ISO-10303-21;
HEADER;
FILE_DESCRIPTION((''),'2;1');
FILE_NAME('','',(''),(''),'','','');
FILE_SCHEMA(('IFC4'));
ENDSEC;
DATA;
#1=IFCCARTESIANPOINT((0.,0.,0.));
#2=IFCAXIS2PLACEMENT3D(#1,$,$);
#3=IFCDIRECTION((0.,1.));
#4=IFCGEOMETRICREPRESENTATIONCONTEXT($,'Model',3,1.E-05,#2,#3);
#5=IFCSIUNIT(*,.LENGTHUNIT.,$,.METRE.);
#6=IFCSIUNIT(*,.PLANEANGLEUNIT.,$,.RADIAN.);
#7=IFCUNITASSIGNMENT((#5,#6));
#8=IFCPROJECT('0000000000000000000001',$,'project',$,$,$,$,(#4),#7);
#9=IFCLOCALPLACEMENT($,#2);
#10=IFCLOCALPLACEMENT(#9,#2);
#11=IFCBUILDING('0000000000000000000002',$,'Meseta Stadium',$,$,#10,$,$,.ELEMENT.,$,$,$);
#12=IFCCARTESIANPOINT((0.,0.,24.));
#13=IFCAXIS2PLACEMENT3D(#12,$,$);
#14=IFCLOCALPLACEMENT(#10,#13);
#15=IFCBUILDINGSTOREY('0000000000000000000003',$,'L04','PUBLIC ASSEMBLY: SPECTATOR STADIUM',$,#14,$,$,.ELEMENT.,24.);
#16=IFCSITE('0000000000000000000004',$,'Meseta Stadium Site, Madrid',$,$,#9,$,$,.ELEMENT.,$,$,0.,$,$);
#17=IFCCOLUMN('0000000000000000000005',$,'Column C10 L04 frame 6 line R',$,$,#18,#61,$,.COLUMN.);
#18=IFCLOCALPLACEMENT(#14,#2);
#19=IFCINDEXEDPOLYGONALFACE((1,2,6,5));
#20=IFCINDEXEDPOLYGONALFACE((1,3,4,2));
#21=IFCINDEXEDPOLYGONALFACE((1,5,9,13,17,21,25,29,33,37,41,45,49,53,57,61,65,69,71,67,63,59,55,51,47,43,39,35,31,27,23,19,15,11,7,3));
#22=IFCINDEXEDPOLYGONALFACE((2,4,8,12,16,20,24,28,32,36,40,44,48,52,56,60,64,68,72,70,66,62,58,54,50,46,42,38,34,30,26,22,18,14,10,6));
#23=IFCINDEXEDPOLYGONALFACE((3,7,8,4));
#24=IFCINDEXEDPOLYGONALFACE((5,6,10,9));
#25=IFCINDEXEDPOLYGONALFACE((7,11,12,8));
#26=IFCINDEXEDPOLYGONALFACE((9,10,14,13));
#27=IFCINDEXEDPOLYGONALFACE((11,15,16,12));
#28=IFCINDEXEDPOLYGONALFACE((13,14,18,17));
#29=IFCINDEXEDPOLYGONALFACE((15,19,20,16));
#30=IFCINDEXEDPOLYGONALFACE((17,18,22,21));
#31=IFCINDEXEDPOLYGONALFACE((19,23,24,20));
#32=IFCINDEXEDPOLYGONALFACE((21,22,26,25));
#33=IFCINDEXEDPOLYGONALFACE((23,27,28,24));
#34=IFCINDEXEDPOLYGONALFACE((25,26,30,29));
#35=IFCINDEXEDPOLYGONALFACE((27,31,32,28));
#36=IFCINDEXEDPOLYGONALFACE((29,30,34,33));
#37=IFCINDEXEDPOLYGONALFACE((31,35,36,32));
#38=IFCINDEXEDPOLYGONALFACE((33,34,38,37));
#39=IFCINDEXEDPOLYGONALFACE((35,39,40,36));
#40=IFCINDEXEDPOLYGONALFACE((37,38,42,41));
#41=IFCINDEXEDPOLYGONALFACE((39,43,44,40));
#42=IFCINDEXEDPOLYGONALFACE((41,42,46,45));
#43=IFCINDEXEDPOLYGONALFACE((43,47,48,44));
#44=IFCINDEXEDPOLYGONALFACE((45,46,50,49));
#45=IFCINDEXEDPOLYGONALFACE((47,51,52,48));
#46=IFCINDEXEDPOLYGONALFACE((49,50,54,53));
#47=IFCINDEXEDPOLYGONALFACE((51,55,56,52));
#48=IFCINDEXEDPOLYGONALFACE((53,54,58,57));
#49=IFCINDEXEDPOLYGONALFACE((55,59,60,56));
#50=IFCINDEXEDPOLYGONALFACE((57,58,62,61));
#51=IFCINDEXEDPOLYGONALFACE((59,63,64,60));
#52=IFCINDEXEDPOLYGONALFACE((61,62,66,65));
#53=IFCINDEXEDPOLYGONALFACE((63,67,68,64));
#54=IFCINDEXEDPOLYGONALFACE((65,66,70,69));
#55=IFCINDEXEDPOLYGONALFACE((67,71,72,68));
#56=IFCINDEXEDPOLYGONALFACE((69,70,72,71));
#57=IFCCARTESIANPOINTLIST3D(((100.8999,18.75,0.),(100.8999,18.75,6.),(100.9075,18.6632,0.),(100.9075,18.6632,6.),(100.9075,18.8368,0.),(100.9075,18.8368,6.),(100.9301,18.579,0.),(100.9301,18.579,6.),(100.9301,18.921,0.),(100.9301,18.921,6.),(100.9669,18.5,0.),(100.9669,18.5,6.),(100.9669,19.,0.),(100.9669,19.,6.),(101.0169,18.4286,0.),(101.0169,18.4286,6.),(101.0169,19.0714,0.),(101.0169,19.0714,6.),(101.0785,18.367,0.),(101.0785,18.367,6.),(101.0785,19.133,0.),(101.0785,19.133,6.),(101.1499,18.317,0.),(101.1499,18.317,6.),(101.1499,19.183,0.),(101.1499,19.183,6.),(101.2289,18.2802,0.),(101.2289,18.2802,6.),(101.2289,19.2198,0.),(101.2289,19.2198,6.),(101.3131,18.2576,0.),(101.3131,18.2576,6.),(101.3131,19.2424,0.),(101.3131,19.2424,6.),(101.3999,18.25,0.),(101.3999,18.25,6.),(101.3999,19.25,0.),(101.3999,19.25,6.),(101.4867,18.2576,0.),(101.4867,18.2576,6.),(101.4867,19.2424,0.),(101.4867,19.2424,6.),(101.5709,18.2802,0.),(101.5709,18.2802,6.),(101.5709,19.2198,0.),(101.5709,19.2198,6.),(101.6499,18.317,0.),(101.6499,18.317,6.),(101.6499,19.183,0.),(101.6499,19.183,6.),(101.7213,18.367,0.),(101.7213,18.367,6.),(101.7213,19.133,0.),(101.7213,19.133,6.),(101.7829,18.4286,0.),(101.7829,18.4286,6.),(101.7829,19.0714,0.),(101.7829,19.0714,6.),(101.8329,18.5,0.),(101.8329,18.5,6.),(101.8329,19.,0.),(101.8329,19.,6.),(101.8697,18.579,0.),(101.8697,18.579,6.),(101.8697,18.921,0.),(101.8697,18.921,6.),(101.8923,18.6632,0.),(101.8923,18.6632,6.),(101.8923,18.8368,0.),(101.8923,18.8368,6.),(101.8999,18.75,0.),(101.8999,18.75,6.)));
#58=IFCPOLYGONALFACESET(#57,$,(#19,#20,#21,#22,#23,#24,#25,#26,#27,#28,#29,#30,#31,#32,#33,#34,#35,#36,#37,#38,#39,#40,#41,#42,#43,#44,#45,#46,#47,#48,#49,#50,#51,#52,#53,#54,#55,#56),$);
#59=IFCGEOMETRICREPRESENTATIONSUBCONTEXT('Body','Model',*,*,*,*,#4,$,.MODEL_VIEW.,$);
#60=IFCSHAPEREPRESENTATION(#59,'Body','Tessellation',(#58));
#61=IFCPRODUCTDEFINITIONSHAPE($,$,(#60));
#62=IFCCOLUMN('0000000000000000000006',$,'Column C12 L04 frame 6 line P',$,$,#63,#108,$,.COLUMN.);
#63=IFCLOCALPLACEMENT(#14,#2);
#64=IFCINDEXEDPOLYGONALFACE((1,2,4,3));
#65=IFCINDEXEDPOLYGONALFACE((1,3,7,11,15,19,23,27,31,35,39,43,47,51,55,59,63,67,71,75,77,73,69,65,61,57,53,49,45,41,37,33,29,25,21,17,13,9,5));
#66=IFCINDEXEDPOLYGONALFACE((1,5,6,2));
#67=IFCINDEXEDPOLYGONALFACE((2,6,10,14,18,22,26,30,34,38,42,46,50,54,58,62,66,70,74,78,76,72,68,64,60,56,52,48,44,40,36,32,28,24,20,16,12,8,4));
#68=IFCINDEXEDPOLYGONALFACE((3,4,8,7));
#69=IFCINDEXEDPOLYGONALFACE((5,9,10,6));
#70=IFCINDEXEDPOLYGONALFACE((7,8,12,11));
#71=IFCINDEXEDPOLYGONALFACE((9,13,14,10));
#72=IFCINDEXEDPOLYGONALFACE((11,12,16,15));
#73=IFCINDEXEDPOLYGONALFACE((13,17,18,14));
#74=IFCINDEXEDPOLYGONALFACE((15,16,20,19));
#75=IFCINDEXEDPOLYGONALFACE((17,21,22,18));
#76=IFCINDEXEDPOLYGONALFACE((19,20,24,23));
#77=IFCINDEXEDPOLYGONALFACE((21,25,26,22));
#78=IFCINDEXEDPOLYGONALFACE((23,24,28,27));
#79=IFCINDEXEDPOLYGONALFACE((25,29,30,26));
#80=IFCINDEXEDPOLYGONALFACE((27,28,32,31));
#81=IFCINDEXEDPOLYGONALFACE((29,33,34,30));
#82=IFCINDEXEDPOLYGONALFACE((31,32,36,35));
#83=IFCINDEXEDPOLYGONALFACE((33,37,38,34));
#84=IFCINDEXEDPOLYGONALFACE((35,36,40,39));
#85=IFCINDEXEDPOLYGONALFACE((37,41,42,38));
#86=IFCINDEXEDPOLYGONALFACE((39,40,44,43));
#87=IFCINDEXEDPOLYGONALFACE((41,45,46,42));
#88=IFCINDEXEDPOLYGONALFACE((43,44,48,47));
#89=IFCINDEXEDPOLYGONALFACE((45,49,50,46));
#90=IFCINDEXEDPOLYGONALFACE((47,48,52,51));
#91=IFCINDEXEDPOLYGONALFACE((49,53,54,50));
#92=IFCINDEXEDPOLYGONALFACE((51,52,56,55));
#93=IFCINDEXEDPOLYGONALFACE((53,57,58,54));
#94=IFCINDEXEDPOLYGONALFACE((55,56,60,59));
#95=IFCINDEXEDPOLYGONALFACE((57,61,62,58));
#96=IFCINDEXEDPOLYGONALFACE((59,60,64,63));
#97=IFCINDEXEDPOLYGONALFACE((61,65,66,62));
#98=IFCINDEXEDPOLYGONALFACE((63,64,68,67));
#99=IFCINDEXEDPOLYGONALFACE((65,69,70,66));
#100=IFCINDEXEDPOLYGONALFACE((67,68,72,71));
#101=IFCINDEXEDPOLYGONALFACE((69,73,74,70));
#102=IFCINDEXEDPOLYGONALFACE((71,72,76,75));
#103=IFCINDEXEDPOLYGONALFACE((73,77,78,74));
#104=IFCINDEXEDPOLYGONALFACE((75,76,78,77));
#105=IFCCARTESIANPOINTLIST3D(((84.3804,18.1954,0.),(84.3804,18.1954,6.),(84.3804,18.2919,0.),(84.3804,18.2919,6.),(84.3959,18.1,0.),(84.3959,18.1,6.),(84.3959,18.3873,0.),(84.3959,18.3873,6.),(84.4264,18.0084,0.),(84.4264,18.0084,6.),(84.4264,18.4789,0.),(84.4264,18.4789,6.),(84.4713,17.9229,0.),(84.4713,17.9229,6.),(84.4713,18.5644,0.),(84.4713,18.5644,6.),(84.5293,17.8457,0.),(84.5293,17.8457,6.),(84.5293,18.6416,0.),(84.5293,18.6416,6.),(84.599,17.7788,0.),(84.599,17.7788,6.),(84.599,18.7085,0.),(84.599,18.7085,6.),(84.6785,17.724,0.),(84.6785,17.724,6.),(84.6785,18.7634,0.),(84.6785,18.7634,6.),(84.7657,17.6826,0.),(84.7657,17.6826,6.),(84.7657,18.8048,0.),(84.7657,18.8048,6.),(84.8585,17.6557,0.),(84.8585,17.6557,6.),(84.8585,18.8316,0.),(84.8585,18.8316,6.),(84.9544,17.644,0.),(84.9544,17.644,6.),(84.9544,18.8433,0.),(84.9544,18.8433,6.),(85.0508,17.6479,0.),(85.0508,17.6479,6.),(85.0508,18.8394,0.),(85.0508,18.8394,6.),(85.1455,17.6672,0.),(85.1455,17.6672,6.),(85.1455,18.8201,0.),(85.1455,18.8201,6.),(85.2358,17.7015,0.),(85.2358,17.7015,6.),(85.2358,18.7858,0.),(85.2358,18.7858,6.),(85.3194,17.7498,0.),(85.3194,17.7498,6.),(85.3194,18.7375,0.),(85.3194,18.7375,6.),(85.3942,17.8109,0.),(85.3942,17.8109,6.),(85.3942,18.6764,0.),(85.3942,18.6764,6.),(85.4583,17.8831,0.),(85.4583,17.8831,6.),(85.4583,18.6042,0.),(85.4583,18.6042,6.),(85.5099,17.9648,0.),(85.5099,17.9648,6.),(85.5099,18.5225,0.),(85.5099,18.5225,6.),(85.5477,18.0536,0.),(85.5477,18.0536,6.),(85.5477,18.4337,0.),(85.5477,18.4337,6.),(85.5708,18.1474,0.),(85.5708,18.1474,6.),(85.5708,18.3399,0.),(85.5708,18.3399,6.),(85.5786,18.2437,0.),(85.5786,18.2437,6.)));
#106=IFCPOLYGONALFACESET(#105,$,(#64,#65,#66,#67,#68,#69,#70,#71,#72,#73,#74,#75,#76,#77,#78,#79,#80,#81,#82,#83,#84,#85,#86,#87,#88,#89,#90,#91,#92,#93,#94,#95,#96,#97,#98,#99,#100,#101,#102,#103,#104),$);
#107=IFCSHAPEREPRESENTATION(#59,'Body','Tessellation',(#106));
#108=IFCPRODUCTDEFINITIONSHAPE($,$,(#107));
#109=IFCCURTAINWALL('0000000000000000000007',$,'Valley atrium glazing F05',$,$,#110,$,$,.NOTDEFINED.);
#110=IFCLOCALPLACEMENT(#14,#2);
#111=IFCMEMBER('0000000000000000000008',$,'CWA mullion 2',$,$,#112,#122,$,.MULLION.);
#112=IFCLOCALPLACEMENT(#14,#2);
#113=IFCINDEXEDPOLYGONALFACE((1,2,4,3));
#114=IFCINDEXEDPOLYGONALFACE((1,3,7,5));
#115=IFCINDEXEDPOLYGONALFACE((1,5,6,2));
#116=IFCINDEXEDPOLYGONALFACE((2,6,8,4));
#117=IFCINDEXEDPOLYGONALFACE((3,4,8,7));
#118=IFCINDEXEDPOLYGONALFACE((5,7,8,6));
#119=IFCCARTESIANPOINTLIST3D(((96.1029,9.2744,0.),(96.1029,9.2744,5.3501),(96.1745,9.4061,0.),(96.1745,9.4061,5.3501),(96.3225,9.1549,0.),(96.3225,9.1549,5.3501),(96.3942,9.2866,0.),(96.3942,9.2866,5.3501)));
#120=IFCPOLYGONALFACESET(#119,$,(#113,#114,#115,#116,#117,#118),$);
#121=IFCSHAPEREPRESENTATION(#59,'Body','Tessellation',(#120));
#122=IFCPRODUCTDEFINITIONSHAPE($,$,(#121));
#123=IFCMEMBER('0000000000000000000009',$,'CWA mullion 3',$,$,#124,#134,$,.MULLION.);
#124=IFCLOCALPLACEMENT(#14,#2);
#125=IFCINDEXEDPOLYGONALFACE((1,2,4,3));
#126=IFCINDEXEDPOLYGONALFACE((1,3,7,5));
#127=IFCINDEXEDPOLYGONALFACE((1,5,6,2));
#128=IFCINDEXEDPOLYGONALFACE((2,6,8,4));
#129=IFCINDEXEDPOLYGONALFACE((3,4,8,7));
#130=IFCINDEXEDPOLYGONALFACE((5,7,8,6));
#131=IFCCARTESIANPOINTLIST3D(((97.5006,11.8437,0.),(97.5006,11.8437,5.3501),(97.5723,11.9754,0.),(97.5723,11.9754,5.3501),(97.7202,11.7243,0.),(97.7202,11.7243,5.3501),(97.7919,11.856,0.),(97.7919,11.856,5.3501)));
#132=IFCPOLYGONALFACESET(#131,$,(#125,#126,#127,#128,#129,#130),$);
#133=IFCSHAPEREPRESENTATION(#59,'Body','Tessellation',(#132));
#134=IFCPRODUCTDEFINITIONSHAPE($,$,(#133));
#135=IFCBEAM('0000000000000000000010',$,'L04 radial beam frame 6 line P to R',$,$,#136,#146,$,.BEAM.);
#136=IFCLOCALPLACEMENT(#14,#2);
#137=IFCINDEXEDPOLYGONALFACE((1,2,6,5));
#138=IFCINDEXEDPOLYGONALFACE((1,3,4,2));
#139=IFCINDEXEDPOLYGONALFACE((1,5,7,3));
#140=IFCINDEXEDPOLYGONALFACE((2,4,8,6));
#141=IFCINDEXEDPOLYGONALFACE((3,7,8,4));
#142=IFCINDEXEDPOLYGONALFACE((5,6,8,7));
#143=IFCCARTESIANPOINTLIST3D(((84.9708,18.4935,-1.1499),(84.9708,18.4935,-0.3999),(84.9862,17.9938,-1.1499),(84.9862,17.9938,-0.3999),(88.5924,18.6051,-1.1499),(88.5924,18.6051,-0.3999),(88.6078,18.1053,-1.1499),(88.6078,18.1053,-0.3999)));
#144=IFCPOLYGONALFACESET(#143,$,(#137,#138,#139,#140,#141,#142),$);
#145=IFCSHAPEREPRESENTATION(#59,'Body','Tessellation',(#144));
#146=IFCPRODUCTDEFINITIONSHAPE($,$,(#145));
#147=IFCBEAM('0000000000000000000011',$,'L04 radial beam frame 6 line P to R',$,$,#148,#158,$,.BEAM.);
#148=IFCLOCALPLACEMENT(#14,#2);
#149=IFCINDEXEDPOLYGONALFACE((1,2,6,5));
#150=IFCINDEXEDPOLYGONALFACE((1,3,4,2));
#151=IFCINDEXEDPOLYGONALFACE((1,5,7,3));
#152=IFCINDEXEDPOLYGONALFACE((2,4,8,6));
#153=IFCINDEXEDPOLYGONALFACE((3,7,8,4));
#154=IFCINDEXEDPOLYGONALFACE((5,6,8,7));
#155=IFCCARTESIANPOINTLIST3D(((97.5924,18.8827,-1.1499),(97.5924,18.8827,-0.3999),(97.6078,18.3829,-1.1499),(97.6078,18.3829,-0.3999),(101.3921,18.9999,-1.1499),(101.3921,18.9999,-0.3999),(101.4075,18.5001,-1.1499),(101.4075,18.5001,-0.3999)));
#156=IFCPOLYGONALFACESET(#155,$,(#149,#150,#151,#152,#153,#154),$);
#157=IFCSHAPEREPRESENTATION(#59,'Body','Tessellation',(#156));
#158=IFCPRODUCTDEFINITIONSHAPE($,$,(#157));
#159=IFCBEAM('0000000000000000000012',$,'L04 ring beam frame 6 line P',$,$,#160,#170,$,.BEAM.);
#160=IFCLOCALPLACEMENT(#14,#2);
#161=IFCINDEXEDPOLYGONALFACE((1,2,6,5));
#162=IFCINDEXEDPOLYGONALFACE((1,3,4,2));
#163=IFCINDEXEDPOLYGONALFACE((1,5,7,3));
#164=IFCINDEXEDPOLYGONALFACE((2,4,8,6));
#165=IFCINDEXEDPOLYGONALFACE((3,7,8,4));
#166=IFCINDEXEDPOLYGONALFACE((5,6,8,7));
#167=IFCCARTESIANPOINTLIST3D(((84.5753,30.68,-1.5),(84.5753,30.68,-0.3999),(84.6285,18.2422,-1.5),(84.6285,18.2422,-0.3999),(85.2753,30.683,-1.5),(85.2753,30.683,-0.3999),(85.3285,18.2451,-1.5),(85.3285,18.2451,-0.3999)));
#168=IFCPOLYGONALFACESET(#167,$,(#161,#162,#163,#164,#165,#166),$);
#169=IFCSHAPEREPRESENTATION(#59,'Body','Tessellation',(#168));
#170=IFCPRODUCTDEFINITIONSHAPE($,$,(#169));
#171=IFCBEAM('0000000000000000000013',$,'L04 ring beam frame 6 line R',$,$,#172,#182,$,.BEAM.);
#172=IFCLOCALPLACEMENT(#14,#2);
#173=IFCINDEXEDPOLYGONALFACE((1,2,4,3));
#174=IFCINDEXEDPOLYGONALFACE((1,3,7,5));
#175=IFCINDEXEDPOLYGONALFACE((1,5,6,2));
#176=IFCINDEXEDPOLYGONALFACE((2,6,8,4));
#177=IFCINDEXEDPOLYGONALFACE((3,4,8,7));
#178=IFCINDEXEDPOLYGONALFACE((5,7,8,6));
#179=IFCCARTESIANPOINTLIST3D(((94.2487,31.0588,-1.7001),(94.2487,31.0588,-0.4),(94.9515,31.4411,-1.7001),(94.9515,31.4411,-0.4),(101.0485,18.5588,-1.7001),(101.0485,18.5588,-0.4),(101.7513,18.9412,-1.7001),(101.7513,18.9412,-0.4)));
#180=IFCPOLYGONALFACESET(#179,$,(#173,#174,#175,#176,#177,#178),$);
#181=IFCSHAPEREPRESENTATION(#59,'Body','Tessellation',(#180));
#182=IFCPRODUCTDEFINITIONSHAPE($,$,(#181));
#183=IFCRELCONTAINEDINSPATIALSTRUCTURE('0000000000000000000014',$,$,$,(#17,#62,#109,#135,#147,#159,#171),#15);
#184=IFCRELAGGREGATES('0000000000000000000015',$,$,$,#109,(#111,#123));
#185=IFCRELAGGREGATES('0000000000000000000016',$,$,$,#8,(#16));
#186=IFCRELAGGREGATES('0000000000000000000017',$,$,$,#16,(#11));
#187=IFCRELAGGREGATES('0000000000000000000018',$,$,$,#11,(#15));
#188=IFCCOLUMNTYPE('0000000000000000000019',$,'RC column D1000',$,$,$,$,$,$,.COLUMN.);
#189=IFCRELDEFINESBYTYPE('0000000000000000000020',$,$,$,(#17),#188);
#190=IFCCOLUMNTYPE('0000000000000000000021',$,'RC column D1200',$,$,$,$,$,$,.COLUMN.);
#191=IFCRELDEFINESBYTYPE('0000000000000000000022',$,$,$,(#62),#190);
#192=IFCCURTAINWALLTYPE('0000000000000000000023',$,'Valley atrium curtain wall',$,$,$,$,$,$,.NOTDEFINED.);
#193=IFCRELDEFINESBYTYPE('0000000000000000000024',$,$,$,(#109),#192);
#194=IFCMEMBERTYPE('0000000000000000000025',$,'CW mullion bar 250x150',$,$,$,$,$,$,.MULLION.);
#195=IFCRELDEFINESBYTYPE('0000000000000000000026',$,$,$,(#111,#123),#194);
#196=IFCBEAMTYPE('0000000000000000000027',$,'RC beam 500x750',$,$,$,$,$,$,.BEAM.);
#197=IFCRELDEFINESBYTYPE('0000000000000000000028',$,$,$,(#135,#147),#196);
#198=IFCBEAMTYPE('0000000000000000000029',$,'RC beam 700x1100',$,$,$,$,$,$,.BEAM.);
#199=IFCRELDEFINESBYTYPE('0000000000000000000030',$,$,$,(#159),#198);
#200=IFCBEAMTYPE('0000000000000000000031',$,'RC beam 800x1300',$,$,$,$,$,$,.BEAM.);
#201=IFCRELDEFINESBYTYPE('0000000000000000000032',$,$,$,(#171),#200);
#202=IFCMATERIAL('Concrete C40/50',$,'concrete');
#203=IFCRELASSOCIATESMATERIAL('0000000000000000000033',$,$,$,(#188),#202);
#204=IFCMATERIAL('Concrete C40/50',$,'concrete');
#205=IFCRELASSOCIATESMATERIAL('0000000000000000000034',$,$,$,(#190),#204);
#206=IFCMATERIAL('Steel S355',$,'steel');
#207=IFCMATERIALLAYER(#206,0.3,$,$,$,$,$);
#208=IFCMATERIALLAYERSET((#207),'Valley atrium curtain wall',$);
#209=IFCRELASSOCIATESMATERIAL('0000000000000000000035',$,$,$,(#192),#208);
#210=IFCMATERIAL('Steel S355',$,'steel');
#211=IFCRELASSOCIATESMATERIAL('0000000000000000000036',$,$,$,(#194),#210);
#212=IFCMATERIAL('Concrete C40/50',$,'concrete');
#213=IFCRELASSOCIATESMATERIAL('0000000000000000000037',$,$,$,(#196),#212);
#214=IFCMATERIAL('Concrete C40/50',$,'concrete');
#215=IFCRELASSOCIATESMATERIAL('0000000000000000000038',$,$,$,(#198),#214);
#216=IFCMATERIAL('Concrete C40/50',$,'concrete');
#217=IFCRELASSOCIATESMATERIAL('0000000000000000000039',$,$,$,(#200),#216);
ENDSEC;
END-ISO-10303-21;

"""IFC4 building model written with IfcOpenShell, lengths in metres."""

from ifc_helpers import new_model, si_unit, direction, frame, origin, origin_2d, place, context, subcontext, project, spatial, rectangle, circle, extrude, material, layer, layer_set, material_profile, profile_set, type_object, element, aggregate, save


model = new_model("IFC4")

# Units and contexts
model_context = context("Model", 3, precision=1e-05, world=origin(), true_north=direction((0.0, 1.0)))
body_context = subcontext(model_context, "Body", "Model", "MODEL_VIEW")
ifc_project = project(units=[si_unit("LENGTHUNIT", "METRE"), si_unit("PLANEANGLEUNIT", "RADIAN")], contexts=[model_context])

# Site, building, storey
site_placement = place(None, origin())
site = spatial("IfcSite", under=ifc_project, at=site_placement, Name="Meseta Stadium Site, Madrid", CompositionType="ELEMENT", RefElevation=0.0)
building_placement = place(site_placement, origin())
building = spatial("IfcBuilding", under=site, at=building_placement, Name="Meseta Stadium", CompositionType="ELEMENT")
storey_placement = place(building_placement, frame((0.0, 0.0, 24.0)))
storey = spatial("IfcBuildingStorey", under=building, at=storey_placement, Name="L04", Description="PUBLIC ASSEMBLY: SPECTATOR STADIUM", CompositionType="ELEMENT", Elevation=24.0)

# Columns
ifc_material_1 = material(Name="Concrete C40/50", Category="concrete")
ifc_material_profile_1 = material_profile(ifc_material_1, circle(Radius=0.5, at=origin_2d()), Name="RC D1000")
ifc_profile_set_1 = profile_set([ifc_material_profile_1], Name="Concrete C40/50")
column_type_1 = type_object("IfcColumnType", Name="RC column D1000", PredefinedType="COLUMN", material=ifc_profile_set_1)
column_1_placement = place(storey_placement, frame((101.3999, 18.75, 0.0), z_axis=(0.0, 0.0, 1.0), x_axis=(1.0, 0.0, 0.0)))
element("IfcColumn", 1, at=column_1_placement, inside=storey, type_object=column_type_1, Name="Column C10 L04 frame 6 line R", PredefinedType="COLUMN", context=body_context, shape_type="SweptSolid", body=[
    extrude(circle(Radius=0.5, at=origin_2d()), origin(), (0.0, 0.0, 1.0), 6.0),
])
ifc_material_2 = material(Name="Concrete C40/50", Category="concrete")
ifc_material_profile_2 = material_profile(ifc_material_2, circle(Radius=0.6001, at=origin_2d()), Name="RC D1200")
ifc_profile_set_2 = profile_set([ifc_material_profile_2], Name="Concrete C40/50")
column_type_2 = type_object("IfcColumnType", Name="RC column D1200", PredefinedType="COLUMN", material=ifc_profile_set_2)
column_2_placement = place(storey_placement, frame((84.9785, 18.2437, 0.0), z_axis=(0.0, 0.0, 1.0), x_axis=(1.0, 0.0, 0.0)))
element("IfcColumn", 2, at=column_2_placement, inside=storey, type_object=column_type_2, Name="Column C12 L04 frame 6 line P", PredefinedType="COLUMN", context=body_context, shape_type="SweptSolid", body=[
    extrude(circle(Radius=0.6001, at=origin_2d()), origin(), (0.0, 0.0, 1.0), 6.0),
])

# Curtain wall, members
ifc_material_3 = material(Name="Steel S355", Category="steel")
ifc_layer_1 = layer(ifc_material_3, 0.3)
ifc_layer_set_1 = layer_set([ifc_layer_1], Name="Valley atrium curtain wall")
curtain_wall_type = type_object("IfcCurtainWallType", Name="Valley atrium curtain wall", PredefinedType="NOTDEFINED", material=ifc_layer_set_1)
curtain_wall_placement = place(storey_placement, origin())
curtain_wall = element("IfcCurtainWall", 3, at=curtain_wall_placement, inside=storey, type_object=curtain_wall_type, Name="Valley atrium glazing F05", PredefinedType="NOTDEFINED")
ifc_material_4 = material(Name="Steel S355", Category="steel")
ifc_material_profile_3 = material_profile(ifc_material_4, rectangle(XDim=0.25, YDim=0.1499, at=origin_2d()), Name="CW 250x150")
ifc_profile_set_3 = profile_set([ifc_material_profile_3], Name="Steel S355")
member_type = type_object("IfcMemberType", Name="CW mullion bar 250x150", PredefinedType="MULLION", material=ifc_profile_set_3)
member_1_placement = place(storey_placement, frame((96.2485, 9.2805, 0.0), z_axis=(0.0, 0.0, 1.0), x_axis=(-0.878432, 0.477867, 0.0)))
member_1 = element("IfcMember", 4, at=member_1_placement, type_object=member_type, Name="CWA mullion 2", PredefinedType="MULLION", context=body_context, shape_type="SweptSolid", body=[
    extrude(rectangle(XDim=0.25, YDim=0.1499, at=origin_2d()), origin(), (0.0, 0.0, 1.0), 5.3501),
])
member_2_placement = place(storey_placement, frame((97.6462, 11.8499, 0.0), z_axis=(0.0, 0.0, 1.0), x_axis=(-0.878432, 0.477867, 0.0)))
member_2 = element("IfcMember", 5, at=member_2_placement, type_object=member_type, Name="CWA mullion 3", PredefinedType="MULLION", context=body_context, shape_type="SweptSolid", body=[
    extrude(rectangle(XDim=0.25, YDim=0.1499, at=origin_2d()), origin(), (0.0, 0.0, 1.0), 5.3501),
])
aggregate(curtain_wall, [member_1, member_2])

# Beams
ifc_material_5 = material(Name="Concrete C40/50", Category="concrete")
ifc_material_profile_4 = material_profile(ifc_material_5, rectangle(XDim=0.5, YDim=0.75, at=origin_2d()), Name="RC 500x750")
ifc_profile_set_4 = profile_set([ifc_material_profile_4], Name="Concrete C40/50")
beam_type_1 = type_object("IfcBeamType", Name="RC beam 500x750", PredefinedType="BEAM", material=ifc_profile_set_4)
beam_1_placement = place(storey_placement, frame((84.9785, 18.2437, -0.7749), z_axis=(0.999526, 0.030793, 0.0), x_axis=(-0.030793, 0.999526, 0.0)))
element("IfcBeam", 6, at=beam_1_placement, inside=storey, type_object=beam_type_1, Name="L04 radial beam frame 6 line P to R", PredefinedType="BEAM", context=body_context, shape_type="SweptSolid", body=[
    extrude(rectangle(XDim=0.5, YDim=0.75, at=origin_2d()), origin(), (0.0, 0.0, 1.0), 3.6233),
])
beam_2_placement = place(storey_placement, frame((97.6001, 18.6328, -0.7749), z_axis=(0.999525, 0.030826, 0.0), x_axis=(-0.030826, 0.999525, 0.0)))
element("IfcBeam", 7, at=beam_2_placement, inside=storey, type_object=beam_type_1, Name="L04 radial beam frame 6 line P to R", PredefinedType="BEAM", context=body_context, shape_type="SweptSolid", body=[
    extrude(rectangle(XDim=0.5, YDim=0.75, at=origin_2d()), origin(), (0.0, 0.0, 1.0), 3.8015),
])
ifc_material_6 = material(Name="Concrete C40/50", Category="concrete")
ifc_material_profile_5 = material_profile(ifc_material_6, rectangle(XDim=0.7, YDim=1.1001, at=origin_2d()), Name="RC 700x1100")
ifc_profile_set_5 = profile_set([ifc_material_profile_5], Name="Concrete C40/50")
beam_type_2 = type_object("IfcBeamType", Name="RC beam 700x1100", PredefinedType="BEAM", material=ifc_profile_set_5)
beam_3_placement = place(storey_placement, frame((84.9785, 18.2437, -0.95), z_axis=(-0.004279, 0.999991, 0.0), x_axis=(-0.999991, -0.004279, 0.0)))
element("IfcBeam", 8, at=beam_3_placement, inside=storey, type_object=beam_type_2, Name="L04 ring beam frame 6 line P", PredefinedType="BEAM", context=body_context, shape_type="SweptSolid", body=[
    extrude(rectangle(XDim=0.7, YDim=1.1001, at=origin_2d()), origin(), (0.0, 0.0, 1.0), 12.438),
])
ifc_material_7 = material(Name="Concrete C40/50", Category="concrete")
ifc_material_profile_6 = material_profile(ifc_material_7, rectangle(XDim=0.8, YDim=1.3, at=origin_2d()), Name="RC 800x1300")
ifc_profile_set_6 = profile_set([ifc_material_profile_6], Name="Concrete C40/50")
beam_type_3 = type_object("IfcBeamType", Name="RC beam 800x1300", PredefinedType="BEAM", material=ifc_profile_set_6)
beam_4_placement = place(storey_placement, frame((101.3999, 18.75, -1.05), z_axis=(-0.477856, 0.878438, 0.0), x_axis=(-0.878438, -0.477856, 0.0)))
element("IfcBeam", 9, at=beam_4_placement, inside=storey, type_object=beam_type_3, Name="L04 ring beam frame 6 line R", PredefinedType="BEAM", context=body_context, shape_type="SweptSolid", body=[
    extrude(rectangle(XDim=0.8, YDim=1.3, at=origin_2d()), origin(), (0.0, 0.0, 1.0), 14.2297),
])

save(model, "model.ifc")
